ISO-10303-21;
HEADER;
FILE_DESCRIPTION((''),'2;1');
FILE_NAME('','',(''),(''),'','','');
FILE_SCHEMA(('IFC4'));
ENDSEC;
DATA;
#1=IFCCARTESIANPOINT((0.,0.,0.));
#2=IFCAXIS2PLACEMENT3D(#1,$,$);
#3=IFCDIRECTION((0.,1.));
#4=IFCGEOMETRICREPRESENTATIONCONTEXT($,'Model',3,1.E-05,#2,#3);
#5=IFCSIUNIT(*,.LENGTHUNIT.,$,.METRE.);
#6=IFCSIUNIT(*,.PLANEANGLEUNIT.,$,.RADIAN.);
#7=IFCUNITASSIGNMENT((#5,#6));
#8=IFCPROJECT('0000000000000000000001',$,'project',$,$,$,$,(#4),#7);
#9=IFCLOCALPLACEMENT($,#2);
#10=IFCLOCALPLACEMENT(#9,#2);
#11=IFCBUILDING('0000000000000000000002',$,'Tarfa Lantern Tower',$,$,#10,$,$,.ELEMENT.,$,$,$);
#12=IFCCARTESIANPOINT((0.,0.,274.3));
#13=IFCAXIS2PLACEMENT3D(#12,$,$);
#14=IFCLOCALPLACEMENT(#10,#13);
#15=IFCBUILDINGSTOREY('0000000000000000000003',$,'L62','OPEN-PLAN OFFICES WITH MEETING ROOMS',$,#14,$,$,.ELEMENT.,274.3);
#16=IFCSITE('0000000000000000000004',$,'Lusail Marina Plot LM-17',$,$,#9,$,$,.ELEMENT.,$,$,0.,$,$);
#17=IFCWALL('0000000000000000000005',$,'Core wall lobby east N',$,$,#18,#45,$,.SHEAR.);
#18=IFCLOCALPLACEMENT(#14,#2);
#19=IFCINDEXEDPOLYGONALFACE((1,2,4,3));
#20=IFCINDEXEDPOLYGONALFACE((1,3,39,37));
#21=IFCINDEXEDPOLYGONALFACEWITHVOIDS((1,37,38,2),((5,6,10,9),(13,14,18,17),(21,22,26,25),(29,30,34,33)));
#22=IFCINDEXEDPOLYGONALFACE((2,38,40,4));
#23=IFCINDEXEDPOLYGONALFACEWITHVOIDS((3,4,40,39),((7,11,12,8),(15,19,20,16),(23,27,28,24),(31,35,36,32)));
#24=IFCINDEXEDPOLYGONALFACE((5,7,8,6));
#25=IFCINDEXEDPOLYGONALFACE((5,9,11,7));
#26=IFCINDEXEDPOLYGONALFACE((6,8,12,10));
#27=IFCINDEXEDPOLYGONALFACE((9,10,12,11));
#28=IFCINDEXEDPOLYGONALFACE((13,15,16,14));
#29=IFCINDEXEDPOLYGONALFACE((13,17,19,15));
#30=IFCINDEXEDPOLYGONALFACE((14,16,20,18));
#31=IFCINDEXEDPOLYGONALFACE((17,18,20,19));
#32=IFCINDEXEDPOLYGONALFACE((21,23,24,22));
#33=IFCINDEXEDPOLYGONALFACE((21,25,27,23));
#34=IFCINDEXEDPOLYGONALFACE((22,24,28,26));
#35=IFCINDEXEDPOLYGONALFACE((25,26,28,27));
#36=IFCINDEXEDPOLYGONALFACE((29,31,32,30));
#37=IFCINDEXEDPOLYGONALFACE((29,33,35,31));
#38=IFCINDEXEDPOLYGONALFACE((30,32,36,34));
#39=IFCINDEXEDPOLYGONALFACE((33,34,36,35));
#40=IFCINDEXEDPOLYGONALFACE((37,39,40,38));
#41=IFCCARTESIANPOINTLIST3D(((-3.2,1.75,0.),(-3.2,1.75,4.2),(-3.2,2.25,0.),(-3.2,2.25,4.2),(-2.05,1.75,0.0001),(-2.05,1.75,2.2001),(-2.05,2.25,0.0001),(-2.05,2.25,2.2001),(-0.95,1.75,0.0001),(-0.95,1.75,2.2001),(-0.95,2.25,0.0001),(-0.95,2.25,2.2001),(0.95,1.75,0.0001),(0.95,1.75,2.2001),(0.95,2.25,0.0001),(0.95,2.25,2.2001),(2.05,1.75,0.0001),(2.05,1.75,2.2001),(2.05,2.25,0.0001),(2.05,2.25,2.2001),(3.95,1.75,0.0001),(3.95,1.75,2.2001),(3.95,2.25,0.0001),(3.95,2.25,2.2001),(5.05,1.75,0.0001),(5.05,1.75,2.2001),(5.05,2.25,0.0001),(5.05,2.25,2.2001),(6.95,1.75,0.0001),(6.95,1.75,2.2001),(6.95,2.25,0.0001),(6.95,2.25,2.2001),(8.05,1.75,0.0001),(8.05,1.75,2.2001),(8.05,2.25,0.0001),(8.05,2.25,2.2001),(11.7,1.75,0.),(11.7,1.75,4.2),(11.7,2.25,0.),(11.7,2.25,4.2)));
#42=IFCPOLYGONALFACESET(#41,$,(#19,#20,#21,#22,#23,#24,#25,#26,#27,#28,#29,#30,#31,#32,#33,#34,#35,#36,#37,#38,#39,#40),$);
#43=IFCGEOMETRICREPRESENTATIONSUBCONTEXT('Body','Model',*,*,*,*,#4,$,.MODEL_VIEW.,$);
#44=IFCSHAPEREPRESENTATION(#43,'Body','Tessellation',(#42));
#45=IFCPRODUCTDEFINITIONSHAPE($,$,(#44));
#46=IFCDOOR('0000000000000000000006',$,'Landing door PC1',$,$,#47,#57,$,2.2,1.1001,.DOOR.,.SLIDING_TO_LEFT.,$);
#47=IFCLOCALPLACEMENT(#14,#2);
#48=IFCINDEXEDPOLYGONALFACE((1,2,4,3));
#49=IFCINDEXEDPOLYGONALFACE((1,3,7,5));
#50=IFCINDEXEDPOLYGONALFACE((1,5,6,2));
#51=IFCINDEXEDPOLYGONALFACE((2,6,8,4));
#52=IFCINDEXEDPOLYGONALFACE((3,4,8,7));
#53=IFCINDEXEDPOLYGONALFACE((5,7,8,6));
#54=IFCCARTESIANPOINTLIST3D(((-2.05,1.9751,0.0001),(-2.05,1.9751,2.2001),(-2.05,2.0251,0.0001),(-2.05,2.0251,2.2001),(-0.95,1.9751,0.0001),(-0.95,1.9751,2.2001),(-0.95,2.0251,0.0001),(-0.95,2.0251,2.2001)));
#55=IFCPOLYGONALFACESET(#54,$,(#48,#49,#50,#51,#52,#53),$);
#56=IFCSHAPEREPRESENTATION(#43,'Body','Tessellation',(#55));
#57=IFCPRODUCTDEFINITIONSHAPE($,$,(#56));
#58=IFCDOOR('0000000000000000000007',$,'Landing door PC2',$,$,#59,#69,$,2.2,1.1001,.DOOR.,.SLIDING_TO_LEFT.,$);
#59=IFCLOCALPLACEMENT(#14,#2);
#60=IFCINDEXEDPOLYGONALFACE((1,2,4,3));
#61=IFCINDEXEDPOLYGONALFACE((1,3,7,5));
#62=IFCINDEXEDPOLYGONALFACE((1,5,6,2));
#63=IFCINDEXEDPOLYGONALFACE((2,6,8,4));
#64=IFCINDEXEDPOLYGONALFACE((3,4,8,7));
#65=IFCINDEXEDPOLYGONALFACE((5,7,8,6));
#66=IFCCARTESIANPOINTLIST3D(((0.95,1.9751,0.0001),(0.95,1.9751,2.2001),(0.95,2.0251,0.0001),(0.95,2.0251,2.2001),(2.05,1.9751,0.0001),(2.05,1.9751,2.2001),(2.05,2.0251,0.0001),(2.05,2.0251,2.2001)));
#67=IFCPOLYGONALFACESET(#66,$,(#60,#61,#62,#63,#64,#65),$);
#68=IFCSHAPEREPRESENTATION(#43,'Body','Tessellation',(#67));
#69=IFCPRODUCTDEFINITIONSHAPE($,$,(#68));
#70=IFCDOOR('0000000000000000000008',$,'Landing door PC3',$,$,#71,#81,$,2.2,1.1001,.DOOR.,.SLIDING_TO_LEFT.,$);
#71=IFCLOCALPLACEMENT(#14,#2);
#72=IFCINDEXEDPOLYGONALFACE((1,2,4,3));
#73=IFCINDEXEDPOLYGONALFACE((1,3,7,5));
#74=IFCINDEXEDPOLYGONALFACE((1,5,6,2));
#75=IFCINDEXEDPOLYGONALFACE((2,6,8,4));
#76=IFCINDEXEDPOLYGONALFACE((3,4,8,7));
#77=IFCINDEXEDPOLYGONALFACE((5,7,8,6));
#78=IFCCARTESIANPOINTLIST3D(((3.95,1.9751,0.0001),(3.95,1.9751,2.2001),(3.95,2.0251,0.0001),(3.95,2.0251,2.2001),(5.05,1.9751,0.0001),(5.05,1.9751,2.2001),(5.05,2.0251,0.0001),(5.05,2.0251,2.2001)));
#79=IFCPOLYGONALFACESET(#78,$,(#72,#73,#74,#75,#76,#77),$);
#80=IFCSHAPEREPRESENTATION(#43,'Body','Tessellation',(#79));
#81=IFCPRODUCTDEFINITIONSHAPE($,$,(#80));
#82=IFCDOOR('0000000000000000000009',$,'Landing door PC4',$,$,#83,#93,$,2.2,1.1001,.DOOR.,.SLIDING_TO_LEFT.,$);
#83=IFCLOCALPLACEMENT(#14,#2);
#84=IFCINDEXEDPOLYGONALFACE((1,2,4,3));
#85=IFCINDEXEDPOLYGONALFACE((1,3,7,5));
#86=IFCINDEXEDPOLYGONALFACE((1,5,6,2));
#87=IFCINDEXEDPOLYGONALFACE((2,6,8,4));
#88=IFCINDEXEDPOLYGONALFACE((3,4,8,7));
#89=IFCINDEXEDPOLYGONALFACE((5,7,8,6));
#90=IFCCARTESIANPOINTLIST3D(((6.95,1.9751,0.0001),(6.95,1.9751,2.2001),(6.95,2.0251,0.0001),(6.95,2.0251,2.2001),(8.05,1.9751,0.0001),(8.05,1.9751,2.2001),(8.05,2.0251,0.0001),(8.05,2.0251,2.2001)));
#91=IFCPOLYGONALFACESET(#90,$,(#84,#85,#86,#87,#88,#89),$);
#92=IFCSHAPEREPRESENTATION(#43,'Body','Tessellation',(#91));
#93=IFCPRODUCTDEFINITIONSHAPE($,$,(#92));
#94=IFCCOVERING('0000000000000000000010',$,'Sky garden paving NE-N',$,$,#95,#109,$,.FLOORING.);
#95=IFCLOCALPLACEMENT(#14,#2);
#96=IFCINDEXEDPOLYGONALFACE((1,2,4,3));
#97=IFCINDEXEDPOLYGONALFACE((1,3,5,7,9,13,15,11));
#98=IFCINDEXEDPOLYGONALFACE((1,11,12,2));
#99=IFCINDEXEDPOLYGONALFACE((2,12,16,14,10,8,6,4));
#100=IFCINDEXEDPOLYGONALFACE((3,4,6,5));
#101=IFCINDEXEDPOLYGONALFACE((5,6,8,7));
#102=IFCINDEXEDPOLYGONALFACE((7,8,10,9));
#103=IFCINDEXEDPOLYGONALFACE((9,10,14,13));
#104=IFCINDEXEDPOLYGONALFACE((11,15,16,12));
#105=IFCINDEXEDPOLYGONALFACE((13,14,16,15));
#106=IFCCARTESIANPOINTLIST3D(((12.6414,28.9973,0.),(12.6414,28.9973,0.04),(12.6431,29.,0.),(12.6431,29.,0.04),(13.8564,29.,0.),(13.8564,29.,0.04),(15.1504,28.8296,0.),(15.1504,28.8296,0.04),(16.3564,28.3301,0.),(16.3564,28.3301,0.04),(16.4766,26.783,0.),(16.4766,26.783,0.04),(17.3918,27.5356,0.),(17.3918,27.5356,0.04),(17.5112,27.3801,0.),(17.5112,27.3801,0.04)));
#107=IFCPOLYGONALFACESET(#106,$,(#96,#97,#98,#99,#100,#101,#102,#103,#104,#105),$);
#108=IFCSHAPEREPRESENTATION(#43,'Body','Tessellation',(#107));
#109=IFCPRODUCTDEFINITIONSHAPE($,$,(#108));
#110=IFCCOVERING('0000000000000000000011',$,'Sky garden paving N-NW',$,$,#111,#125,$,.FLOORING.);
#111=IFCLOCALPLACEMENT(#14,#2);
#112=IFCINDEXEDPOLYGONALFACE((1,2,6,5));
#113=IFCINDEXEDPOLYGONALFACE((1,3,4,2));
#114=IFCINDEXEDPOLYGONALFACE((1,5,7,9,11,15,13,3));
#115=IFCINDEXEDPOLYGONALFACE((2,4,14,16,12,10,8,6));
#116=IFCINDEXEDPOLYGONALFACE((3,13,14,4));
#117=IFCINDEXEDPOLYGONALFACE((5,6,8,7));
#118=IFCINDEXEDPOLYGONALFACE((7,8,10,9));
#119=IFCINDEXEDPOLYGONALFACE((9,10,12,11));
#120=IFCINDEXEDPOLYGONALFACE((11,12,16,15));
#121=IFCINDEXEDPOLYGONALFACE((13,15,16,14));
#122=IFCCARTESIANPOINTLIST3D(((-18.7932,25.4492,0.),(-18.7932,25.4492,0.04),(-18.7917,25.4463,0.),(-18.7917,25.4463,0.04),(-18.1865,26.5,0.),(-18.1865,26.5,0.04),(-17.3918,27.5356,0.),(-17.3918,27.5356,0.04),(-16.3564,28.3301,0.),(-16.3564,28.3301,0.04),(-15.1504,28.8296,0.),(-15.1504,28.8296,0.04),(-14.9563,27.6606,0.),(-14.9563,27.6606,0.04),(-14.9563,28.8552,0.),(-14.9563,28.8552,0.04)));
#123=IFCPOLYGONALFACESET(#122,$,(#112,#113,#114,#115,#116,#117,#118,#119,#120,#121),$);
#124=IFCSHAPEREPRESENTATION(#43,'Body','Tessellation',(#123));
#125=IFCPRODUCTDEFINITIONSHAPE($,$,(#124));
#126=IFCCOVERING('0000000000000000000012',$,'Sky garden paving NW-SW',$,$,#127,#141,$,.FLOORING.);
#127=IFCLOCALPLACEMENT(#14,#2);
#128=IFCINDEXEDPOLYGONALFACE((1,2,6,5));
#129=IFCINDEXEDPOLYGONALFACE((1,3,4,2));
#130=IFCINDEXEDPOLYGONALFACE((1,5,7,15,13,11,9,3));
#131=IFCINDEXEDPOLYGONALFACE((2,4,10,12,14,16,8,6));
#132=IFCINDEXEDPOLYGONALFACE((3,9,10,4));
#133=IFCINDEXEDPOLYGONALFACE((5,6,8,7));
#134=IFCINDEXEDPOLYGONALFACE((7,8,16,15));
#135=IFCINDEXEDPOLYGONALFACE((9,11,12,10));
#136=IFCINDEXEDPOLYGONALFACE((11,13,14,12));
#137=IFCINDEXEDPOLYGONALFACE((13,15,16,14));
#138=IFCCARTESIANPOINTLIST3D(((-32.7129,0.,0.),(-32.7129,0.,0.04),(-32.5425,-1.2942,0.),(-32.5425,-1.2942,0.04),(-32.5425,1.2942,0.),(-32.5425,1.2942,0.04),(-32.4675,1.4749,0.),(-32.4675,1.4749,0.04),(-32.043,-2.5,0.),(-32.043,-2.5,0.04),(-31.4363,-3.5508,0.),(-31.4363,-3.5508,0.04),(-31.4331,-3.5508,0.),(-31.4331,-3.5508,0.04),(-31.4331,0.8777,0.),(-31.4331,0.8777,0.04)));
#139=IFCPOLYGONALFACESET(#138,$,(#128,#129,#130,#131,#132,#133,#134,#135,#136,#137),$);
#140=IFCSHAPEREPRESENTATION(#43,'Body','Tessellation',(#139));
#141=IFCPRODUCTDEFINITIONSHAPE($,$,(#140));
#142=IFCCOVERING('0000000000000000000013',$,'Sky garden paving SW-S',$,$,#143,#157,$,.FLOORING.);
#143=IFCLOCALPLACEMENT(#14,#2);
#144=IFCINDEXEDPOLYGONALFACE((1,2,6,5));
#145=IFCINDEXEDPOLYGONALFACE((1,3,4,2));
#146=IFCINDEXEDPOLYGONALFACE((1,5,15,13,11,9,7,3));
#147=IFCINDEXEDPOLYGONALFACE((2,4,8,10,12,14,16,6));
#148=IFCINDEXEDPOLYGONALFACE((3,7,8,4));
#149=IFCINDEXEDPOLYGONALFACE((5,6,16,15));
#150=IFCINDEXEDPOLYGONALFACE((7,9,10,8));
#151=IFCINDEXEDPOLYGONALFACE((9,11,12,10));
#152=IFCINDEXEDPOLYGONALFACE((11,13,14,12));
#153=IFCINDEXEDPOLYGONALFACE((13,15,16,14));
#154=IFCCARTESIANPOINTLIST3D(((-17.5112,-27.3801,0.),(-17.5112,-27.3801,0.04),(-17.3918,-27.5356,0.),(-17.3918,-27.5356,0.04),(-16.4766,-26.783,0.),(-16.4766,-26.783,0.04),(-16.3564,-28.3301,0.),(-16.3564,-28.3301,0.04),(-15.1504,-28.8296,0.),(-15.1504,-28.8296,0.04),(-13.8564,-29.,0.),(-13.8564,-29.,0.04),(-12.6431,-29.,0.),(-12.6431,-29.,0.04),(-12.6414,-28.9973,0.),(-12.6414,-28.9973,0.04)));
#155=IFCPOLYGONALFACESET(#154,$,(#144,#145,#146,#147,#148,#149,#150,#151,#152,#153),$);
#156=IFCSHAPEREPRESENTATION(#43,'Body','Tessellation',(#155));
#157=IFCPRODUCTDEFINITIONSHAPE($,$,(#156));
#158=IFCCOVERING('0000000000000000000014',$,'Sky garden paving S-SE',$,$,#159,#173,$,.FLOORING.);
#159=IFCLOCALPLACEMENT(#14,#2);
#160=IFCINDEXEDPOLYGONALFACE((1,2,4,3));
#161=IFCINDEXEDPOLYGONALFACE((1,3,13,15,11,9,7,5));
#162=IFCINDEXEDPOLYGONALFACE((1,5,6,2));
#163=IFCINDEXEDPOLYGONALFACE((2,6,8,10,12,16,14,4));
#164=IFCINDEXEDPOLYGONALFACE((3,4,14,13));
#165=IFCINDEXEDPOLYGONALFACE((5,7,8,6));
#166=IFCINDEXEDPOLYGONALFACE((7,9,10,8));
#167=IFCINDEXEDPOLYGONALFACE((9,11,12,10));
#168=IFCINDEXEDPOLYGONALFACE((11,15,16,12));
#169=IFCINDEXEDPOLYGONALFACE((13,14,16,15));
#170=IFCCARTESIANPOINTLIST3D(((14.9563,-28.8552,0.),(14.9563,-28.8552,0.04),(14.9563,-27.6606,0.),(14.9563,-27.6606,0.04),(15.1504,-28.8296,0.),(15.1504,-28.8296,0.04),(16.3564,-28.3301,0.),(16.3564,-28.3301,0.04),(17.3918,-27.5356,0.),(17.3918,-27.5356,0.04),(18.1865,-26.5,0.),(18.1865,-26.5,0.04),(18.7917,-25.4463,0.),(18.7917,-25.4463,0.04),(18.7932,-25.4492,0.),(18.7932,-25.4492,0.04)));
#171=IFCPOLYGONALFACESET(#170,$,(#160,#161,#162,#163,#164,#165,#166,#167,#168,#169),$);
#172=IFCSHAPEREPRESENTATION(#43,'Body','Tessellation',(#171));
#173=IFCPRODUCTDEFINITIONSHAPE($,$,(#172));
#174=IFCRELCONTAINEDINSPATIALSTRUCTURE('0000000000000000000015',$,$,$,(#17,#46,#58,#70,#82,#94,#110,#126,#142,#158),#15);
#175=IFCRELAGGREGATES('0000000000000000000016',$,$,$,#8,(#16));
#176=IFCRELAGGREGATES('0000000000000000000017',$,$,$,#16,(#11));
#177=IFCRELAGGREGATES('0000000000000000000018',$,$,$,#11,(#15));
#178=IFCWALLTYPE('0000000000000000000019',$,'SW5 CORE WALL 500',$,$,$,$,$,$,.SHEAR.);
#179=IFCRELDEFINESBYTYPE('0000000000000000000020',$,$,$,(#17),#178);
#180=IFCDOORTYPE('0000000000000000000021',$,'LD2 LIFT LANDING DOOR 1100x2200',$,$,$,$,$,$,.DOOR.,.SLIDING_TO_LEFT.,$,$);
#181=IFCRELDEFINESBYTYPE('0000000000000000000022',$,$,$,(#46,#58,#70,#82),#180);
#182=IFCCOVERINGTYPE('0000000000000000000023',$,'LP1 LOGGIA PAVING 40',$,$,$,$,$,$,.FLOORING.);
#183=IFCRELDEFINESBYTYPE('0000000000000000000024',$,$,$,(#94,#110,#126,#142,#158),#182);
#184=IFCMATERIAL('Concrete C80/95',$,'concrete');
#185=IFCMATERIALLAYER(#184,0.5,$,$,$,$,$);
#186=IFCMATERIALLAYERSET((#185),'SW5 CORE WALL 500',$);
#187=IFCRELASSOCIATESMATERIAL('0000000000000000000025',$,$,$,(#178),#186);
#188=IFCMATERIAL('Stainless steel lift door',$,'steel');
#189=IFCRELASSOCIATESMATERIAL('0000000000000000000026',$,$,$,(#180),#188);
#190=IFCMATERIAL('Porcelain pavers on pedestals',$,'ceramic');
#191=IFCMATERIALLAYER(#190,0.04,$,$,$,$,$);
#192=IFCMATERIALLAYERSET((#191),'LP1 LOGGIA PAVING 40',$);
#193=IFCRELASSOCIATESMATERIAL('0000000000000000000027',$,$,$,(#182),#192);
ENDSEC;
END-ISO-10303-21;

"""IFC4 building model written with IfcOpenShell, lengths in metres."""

from ifc_helpers import new_model, si_unit, direction, frame, frame_2d, origin, place, context, subcontext, project, spatial, polyline, rectangle, outline, extrude, material, layer, layer_set, type_object, element, fill, save


model = new_model("IFC4")

# Units and contexts
model_context = context("Model", 3, precision=1e-05, world=origin(), true_north=direction((0.0, 1.0)))
body_context = subcontext(model_context, "Body", "Model", "MODEL_VIEW")
ifc_project = project(units=[si_unit("LENGTHUNIT", "METRE"), si_unit("PLANEANGLEUNIT", "RADIAN")], contexts=[model_context])

# Site, building, storey
site_placement = place(None, origin())
site = spatial("IfcSite", under=ifc_project, at=site_placement, Name="Lusail Marina Plot LM-17", CompositionType="ELEMENT", RefElevation=0.0)
building_placement = place(site_placement, origin())
building = spatial("IfcBuilding", under=site, at=building_placement, Name="Tarfa Lantern Tower", CompositionType="ELEMENT")
storey_placement = place(building_placement, frame((0.0, 0.0, 274.3)))
storey = spatial("IfcBuildingStorey", under=building, at=storey_placement, Name="L62", Description="OPEN-PLAN OFFICES WITH MEETING ROOMS", CompositionType="ELEMENT", Elevation=274.3)

# Shared definitions
ifc_material_1 = material(Name="Concrete C80/95", Category="concrete")
ifc_layer_1 = layer(ifc_material_1, 0.5)
ifc_layer_set_1 = layer_set([ifc_layer_1], Name="SW5 CORE WALL 500")
wall_type = type_object("IfcWallType", Name="SW5 CORE WALL 500", PredefinedType="SHEAR", material=ifc_layer_set_1)

# Wall, openings, doors
wall_1_placement = place(storey_placement, frame((-3.2, 2.0, 0.0), z_axis=(0.0, 0.0, 1.0), x_axis=(1.0, 0.0, 0.0)))
wall_1 = element("IfcWall", 1, at=wall_1_placement, inside=storey, type_object=wall_type, Name="Core wall lobby east N", PredefinedType="SHEAR", context=body_context, shape_type="SweptSolid", body=[
    extrude(rectangle(XDim=14.8999, YDim=0.5, at=frame_2d((7.45, 0.0))), origin(), (0.0, 0.0, 1.0), 4.2),
])
opening_1_placement = place(wall_1_placement, frame((1.1499, 0.0, 0.0)))
opening_1 = element("IfcOpeningElement", 2, at=opening_1_placement, cuts=wall_1, PredefinedType="OPENING", context=body_context, shape_type="SweptSolid", body=[
    extrude(rectangle(XDim=1.1001, YDim=2.2, at=frame_2d((0.55, 1.1001))), frame((0.0, 0.26, 0.0), z_axis=(0.0, -1.0, 0.0), x_axis=(1.0, 0.0, 0.0)), (0.0, 0.0, 1.0), 0.52),
])
opening_2_placement = place(wall_1_placement, frame((4.1499, 0.0, 0.0)))
opening_2 = element("IfcOpeningElement", 3, at=opening_2_placement, cuts=wall_1, PredefinedType="OPENING", context=body_context, shape_type="SweptSolid", body=[
    extrude(rectangle(XDim=1.1001, YDim=2.2, at=frame_2d((0.55, 1.1001))), frame((0.0, 0.26, 0.0), z_axis=(0.0, -1.0, 0.0), x_axis=(1.0, 0.0, 0.0)), (0.0, 0.0, 1.0), 0.52),
])
opening_3_placement = place(wall_1_placement, frame((7.1499, 0.0, 0.0)))
opening_3 = element("IfcOpeningElement", 4, at=opening_3_placement, cuts=wall_1, PredefinedType="OPENING", context=body_context, shape_type="SweptSolid", body=[
    extrude(rectangle(XDim=1.1001, YDim=2.2, at=frame_2d((0.55, 1.1001))), frame((0.0, 0.26, 0.0), z_axis=(0.0, -1.0, 0.0), x_axis=(1.0, 0.0, 0.0)), (0.0, 0.0, 1.0), 0.52),
])
opening_4_placement = place(wall_1_placement, frame((10.1499, 0.0, 0.0)))
opening_4 = element("IfcOpeningElement", 5, at=opening_4_placement, cuts=wall_1, PredefinedType="OPENING", context=body_context, shape_type="SweptSolid", body=[
    extrude(rectangle(XDim=1.1001, YDim=2.2, at=frame_2d((0.55, 1.1001))), frame((0.0, 0.26, 0.0), z_axis=(0.0, -1.0, 0.0), x_axis=(1.0, 0.0, 0.0)), (0.0, 0.0, 1.0), 0.52),
])
ifc_material_2 = material(Name="Stainless steel lift door", Category="steel")
door_type = type_object("IfcDoorType", Name="LD2 LIFT LANDING DOOR 1100x2200", OperationType="SLIDING_TO_LEFT", PredefinedType="DOOR", material=ifc_material_2)
door_1_placement = place(opening_1_placement, frame((1.1001, 0.0, 0.0), z_axis=(0.0, 0.0, 1.0), x_axis=(-1.0, 0.0, 0.0)))
door_1 = element("IfcDoor", 6, at=door_1_placement, inside=storey, type_object=door_type, Name="Landing door PC1", OperationType="SLIDING_TO_LEFT", OverallHeight=2.2, OverallWidth=1.1001, PredefinedType="DOOR", context=body_context, shape_type="SweptSolid", body=[
    extrude(rectangle(XDim=1.1001, YDim=2.2, at=frame_2d((0.55, 1.1001))), frame((0.0, 0.0249, 0.0), z_axis=(0.0, -1.0, 0.0), x_axis=(1.0, 0.0, 0.0)), (0.0, 0.0, 1.0), 0.05),
])
fill(opening_1, door_1)
door_2_placement = place(opening_2_placement, frame((1.1001, 0.0, 0.0), z_axis=(0.0, 0.0, 1.0), x_axis=(-1.0, 0.0, 0.0)))
door_2 = element("IfcDoor", 7, at=door_2_placement, inside=storey, type_object=door_type, Name="Landing door PC2", OperationType="SLIDING_TO_LEFT", OverallHeight=2.2, OverallWidth=1.1001, PredefinedType="DOOR", context=body_context, shape_type="SweptSolid", body=[
    extrude(rectangle(XDim=1.1001, YDim=2.2, at=frame_2d((0.55, 1.1001))), frame((0.0, 0.0249, 0.0), z_axis=(0.0, -1.0, 0.0), x_axis=(1.0, 0.0, 0.0)), (0.0, 0.0, 1.0), 0.05),
])
fill(opening_2, door_2)
door_3_placement = place(opening_3_placement, frame((1.1001, 0.0, 0.0), z_axis=(0.0, 0.0, 1.0), x_axis=(-1.0, 0.0, 0.0)))
door_3 = element("IfcDoor", 8, at=door_3_placement, inside=storey, type_object=door_type, Name="Landing door PC3", OperationType="SLIDING_TO_LEFT", OverallHeight=2.2, OverallWidth=1.1001, PredefinedType="DOOR", context=body_context, shape_type="SweptSolid", body=[
    extrude(rectangle(XDim=1.1001, YDim=2.2, at=frame_2d((0.55, 1.1001))), frame((0.0, 0.0249, 0.0), z_axis=(0.0, -1.0, 0.0), x_axis=(1.0, 0.0, 0.0)), (0.0, 0.0, 1.0), 0.05),
])
fill(opening_3, door_3)
door_4_placement = place(opening_4_placement, frame((1.1001, 0.0, 0.0), z_axis=(0.0, 0.0, 1.0), x_axis=(-1.0, 0.0, 0.0)))
door_4 = element("IfcDoor", 9, at=door_4_placement, inside=storey, type_object=door_type, Name="Landing door PC4", OperationType="SLIDING_TO_LEFT", OverallHeight=2.2, OverallWidth=1.1001, PredefinedType="DOOR", context=body_context, shape_type="SweptSolid", body=[
    extrude(rectangle(XDim=1.1001, YDim=2.2, at=frame_2d((0.55, 1.1001))), frame((0.0, 0.0249, 0.0), z_axis=(0.0, -1.0, 0.0), x_axis=(1.0, 0.0, 0.0)), (0.0, 0.0, 1.0), 0.05),
])
fill(opening_4, door_4)

# Coverings
ifc_material_3 = material(Name="Porcelain pavers on pedestals", Category="ceramic")
ifc_layer_2 = layer(ifc_material_3, 0.04)
ifc_layer_set_2 = layer_set([ifc_layer_2], Name="LP1 LOGGIA PAVING 40")
covering_type = type_object("IfcCoveringType", Name="LP1 LOGGIA PAVING 40", PredefinedType="FLOORING", material=ifc_layer_set_2)
covering_1_placement = place(storey_placement, origin())
element("IfcCovering", 10, at=covering_1_placement, inside=storey, type_object=covering_type, Name="Sky garden paving NE-N", PredefinedType="FLOORING", context=body_context, shape_type="SweptSolid", body=[
    extrude(outline(polyline([(15.1504, 28.8296), (16.3564, 28.3301), (17.3918, 27.5356), (17.5112, 27.3801), (16.4766, 26.783), (12.6414, 28.9973), (12.6431, 29.0), (13.8564, 29.0), (15.1504, 28.8296)])), origin(), (0.0, 0.0, 1.0), 0.04),
])
covering_2_placement = place(storey_placement, origin())
element("IfcCovering", 11, at=covering_2_placement, inside=storey, type_object=covering_type, Name="Sky garden paving N-NW", PredefinedType="FLOORING", context=body_context, shape_type="SweptSolid", body=[
    extrude(outline(polyline([(-17.3918, 27.5356), (-16.3564, 28.3301), (-15.1504, 28.8296), (-14.9563, 28.8552), (-14.9563, 27.6606), (-18.7917, 25.4463), (-18.7932, 25.4492), (-18.1865, 26.5), (-17.3918, 27.5356)])), origin(), (0.0, 0.0, 1.0), 0.04),
])
covering_3_placement = place(storey_placement, origin())
element("IfcCovering", 12, at=covering_3_placement, inside=storey, type_object=covering_type, Name="Sky garden paving NW-SW", PredefinedType="FLOORING", context=body_context, shape_type="SweptSolid", body=[
    extrude(outline(polyline([(-32.5425, -1.2942), (-32.7129, 0.0), (-32.5425, 1.2942), (-32.4675, 1.4749), (-31.4331, 0.8777), (-31.4331, -3.5508), (-31.4363, -3.5508), (-32.043, -2.5), (-32.5425, -1.2942)])), origin(), (0.0, 0.0, 1.0), 0.04),
])
covering_4_placement = place(storey_placement, origin())
element("IfcCovering", 13, at=covering_4_placement, inside=storey, type_object=covering_type, Name="Sky garden paving SW-S", PredefinedType="FLOORING", context=body_context, shape_type="SweptSolid", body=[
    extrude(outline(polyline([(-15.1504, -28.8296), (-16.3564, -28.3301), (-17.3918, -27.5356), (-17.5112, -27.3801), (-16.4766, -26.783), (-12.6414, -28.9973), (-12.6431, -29.0), (-13.8564, -29.0), (-15.1504, -28.8296)])), origin(), (0.0, 0.0, 1.0), 0.04),
])
covering_5_placement = place(storey_placement, origin())
element("IfcCovering", 14, at=covering_5_placement, inside=storey, type_object=covering_type, Name="Sky garden paving S-SE", PredefinedType="FLOORING", context=body_context, shape_type="SweptSolid", body=[
    extrude(outline(polyline([(17.3918, -27.5356), (16.3564, -28.3301), (15.1504, -28.8296), (14.9563, -28.8552), (14.9563, -27.6606), (18.7917, -25.4463), (18.7932, -25.4492), (18.1865, -26.5), (17.3918, -27.5356)])), origin(), (0.0, 0.0, 1.0), 0.04),
])

save(model, "model.ifc")
